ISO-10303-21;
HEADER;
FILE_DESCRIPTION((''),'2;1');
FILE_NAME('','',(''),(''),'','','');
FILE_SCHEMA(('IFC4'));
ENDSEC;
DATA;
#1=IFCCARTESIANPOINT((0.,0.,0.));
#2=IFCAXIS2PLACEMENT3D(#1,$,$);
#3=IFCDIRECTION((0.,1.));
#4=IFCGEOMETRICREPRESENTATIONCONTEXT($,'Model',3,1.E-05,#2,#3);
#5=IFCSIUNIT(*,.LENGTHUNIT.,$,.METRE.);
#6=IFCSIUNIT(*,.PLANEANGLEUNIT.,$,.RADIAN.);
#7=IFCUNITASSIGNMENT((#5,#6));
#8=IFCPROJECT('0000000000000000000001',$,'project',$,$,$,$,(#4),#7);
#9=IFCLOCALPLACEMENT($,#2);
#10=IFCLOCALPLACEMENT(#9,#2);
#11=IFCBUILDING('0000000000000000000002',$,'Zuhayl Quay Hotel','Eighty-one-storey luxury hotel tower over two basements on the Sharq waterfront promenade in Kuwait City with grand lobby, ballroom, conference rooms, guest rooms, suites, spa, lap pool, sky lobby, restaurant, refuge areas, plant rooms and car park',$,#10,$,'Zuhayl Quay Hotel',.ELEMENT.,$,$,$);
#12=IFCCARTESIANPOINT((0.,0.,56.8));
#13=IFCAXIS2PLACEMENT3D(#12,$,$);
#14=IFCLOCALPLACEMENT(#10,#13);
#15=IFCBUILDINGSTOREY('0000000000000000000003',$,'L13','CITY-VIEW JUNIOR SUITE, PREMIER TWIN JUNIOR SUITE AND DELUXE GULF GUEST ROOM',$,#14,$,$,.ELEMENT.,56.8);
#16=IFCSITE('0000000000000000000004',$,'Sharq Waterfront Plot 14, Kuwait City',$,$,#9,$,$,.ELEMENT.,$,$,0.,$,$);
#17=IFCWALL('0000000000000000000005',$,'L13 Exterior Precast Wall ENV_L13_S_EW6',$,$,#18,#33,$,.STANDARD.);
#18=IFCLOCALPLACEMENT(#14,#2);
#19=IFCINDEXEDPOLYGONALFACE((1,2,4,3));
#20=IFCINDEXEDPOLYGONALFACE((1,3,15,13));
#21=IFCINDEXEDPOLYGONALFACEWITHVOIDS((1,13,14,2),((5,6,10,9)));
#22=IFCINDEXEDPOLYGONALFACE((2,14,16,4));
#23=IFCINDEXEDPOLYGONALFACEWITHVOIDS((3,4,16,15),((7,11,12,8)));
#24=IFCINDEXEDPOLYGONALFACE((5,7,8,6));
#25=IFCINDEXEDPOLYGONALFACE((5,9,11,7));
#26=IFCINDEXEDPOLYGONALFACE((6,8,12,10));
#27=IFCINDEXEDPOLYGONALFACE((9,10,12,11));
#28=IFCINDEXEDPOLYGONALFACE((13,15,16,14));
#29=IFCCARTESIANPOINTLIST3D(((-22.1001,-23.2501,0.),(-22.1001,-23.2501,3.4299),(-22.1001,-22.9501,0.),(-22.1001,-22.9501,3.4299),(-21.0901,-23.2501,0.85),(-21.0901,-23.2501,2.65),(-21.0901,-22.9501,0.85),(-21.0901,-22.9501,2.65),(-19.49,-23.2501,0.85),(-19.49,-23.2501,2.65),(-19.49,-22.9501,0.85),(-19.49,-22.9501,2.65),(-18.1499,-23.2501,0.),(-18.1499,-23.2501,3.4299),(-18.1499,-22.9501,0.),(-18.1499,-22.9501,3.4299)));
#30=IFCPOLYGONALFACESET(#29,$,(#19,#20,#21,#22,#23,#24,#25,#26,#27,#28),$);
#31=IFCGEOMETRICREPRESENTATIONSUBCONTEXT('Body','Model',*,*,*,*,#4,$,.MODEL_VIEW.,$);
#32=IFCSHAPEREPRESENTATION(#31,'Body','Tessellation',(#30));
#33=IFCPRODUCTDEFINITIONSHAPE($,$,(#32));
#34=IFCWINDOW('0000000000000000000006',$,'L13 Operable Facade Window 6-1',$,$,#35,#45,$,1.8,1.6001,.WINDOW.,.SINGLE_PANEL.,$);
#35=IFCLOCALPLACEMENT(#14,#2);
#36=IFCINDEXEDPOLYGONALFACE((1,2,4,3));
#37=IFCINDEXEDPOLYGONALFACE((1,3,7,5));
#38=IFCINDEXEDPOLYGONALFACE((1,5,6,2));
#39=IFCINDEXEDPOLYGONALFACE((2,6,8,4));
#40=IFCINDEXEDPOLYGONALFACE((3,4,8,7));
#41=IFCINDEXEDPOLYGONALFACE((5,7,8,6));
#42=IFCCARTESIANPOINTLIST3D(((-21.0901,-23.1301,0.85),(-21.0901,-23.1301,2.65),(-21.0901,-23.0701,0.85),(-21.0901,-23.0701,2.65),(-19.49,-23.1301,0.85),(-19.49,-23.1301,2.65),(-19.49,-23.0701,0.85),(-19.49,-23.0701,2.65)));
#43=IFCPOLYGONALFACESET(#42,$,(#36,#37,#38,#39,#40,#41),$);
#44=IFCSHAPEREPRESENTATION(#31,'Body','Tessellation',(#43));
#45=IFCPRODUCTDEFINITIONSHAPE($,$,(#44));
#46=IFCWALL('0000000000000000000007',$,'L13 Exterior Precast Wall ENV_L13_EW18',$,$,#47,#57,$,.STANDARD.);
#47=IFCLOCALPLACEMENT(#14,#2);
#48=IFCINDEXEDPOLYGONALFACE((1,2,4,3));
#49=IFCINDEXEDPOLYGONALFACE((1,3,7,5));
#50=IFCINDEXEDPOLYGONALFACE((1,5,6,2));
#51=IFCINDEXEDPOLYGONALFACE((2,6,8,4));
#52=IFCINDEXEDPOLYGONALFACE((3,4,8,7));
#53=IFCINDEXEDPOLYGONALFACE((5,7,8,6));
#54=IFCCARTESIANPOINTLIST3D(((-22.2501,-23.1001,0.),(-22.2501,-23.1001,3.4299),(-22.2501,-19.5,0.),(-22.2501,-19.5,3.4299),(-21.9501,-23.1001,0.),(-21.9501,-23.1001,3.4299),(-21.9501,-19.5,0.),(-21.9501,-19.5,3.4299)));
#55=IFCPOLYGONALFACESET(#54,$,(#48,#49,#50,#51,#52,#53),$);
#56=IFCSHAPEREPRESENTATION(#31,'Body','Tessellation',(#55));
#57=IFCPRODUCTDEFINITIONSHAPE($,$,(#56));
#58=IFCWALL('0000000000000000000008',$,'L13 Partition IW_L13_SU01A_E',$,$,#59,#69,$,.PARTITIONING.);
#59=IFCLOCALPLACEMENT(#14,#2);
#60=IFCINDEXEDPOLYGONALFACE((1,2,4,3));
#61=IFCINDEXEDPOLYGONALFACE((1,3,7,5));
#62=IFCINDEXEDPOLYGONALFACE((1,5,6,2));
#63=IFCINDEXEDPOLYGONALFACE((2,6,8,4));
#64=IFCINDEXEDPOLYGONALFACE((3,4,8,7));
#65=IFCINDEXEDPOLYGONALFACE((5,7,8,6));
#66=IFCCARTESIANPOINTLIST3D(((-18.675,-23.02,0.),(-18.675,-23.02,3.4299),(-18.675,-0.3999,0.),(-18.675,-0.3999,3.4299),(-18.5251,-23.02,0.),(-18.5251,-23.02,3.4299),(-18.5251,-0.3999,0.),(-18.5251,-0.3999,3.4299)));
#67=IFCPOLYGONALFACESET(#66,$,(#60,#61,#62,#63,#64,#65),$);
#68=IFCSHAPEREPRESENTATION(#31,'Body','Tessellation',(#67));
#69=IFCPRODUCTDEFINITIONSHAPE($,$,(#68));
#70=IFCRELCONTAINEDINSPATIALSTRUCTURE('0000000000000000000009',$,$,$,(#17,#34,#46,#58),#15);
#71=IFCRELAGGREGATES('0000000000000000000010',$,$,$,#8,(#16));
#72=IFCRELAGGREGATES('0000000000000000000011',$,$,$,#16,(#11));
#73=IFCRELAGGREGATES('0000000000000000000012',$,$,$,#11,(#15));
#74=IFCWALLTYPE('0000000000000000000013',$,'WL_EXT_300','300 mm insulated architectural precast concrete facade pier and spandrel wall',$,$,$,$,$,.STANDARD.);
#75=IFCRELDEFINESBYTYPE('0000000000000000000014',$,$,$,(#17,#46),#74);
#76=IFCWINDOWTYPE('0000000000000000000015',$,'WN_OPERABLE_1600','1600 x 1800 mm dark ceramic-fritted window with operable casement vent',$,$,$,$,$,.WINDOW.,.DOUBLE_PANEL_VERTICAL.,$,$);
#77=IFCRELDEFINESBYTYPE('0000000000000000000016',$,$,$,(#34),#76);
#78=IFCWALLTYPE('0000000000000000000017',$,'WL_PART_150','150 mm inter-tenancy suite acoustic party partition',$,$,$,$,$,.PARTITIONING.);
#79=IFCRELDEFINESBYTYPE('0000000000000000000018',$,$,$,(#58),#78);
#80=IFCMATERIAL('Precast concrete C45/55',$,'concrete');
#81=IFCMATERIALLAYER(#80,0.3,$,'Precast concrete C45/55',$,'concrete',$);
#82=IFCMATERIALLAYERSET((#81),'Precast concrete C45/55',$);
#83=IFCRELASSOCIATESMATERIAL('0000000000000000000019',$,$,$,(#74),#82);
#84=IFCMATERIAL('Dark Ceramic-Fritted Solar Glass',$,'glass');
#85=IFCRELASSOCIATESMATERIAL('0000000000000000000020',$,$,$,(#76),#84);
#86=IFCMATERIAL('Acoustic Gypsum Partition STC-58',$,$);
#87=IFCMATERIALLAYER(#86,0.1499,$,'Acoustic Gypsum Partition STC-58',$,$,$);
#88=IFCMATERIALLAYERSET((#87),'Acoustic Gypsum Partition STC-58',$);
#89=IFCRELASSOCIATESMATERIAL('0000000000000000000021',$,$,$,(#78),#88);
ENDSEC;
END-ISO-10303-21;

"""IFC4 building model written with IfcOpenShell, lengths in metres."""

from ifc_helpers import new_model, si_unit, direction, frame, frame_2d, origin, place, context, subcontext, project, spatial, rectangle, extrude, material, layer, layer_set, type_object, element, fill, save


model = new_model("IFC4")

# Units and contexts
model_context = context("Model", 3, precision=1e-05, world=origin(), true_north=direction((0.0, 1.0)))
body_context = subcontext(model_context, "Body", "Model", "MODEL_VIEW")
ifc_project = project(units=[si_unit("LENGTHUNIT", "METRE"), si_unit("PLANEANGLEUNIT", "RADIAN")], contexts=[model_context])

# Site, building, storey
site_placement = place(None, origin())
site = spatial("IfcSite", under=ifc_project, at=site_placement, Name="Sharq Waterfront Plot 14, Kuwait City", CompositionType="ELEMENT", RefElevation=0.0)
building_placement = place(site_placement, origin())
building = spatial("IfcBuilding", under=site, at=building_placement, Name="Zuhayl Quay Hotel", Description="Eighty-one-storey luxury hotel tower over two basements on the Sharq waterfront promenade in Kuwait City with grand lobby, ballroom, conference rooms, guest rooms, suites, spa, lap pool, sky lobby, restaurant, refuge areas, plant rooms and car park", LongName="Zuhayl Quay Hotel", CompositionType="ELEMENT")
storey_placement = place(building_placement, frame((0.0, 0.0, 56.8)))
storey = spatial("IfcBuildingStorey", under=building, at=storey_placement, Name="L13", Description="CITY-VIEW JUNIOR SUITE, PREMIER TWIN JUNIOR SUITE AND DELUXE GULF GUEST ROOM", CompositionType="ELEMENT", Elevation=56.8)

# Shared definitions
ifc_material_1 = material(Name="Dark Ceramic-Fritted Solar Glass", Category="glass")

# Shared definitions
ifc_material_2 = material(Name="Precast concrete C45/55", Category="concrete")
ifc_layer_1 = layer(ifc_material_2, 0.3, Name="Precast concrete C45/55", Category="concrete")
ifc_layer_set_1 = layer_set([ifc_layer_1], Name="Precast concrete C45/55")
wall_type_1 = type_object("IfcWallType", Name="WL_EXT_300", Description="300 mm insulated architectural precast concrete facade pier and spandrel wall", PredefinedType="STANDARD", material=ifc_layer_set_1)

# Wall, opening, window
wall_1_placement = place(storey_placement, frame((-18.1499, -23.1001, 0.0), z_axis=(0.0, 0.0, 1.0), x_axis=(-1.0, 0.0, 0.0)))
wall_1 = element("IfcWall", 1, at=wall_1_placement, inside=storey, type_object=wall_type_1, Name="L13 Exterior Precast Wall ENV_L13_S_EW6", PredefinedType="STANDARD", context=body_context, shape_type="SweptSolid", body=[
    extrude(rectangle(XDim=3.9502, YDim=0.3, at=frame_2d((1.9751, 0.0))), origin(), (0.0, 0.0, 1.0), 3.4299),
])
opening_placement = place(wall_1_placement, frame((1.3401, 0.0, 0.8501)))
opening = element("IfcOpeningElement", 2, at=opening_placement, cuts=wall_1, PredefinedType="OPENING", context=body_context, shape_type="SweptSolid", body=[
    extrude(rectangle(XDim=1.6001, YDim=1.8, at=frame_2d((0.8, 0.8999))), frame((0.0, 0.1599, 0.0), z_axis=(0.0, -1.0, 0.0), x_axis=(1.0, 0.0, 0.0)), (0.0, 0.0, 1.0), 0.3201),
])
window_type = type_object("IfcWindowType", Name="WN_OPERABLE_1600", Description="1600 x 1800 mm dark ceramic-fritted window with operable casement vent", PartitioningType="DOUBLE_PANEL_VERTICAL", PredefinedType="WINDOW", material=ifc_material_1)
window_placement = place(opening_placement, origin())
window = element("IfcWindow", 3, at=window_placement, inside=storey, type_object=window_type, Name="L13 Operable Facade Window 6-1", OverallHeight=1.8, OverallWidth=1.6001, PartitioningType="SINGLE_PANEL", PredefinedType="WINDOW", context=body_context, shape_type="SweptSolid", body=[
    extrude(rectangle(XDim=1.6001, YDim=1.8, at=frame_2d((0.8, 0.8999))), frame((0.0, 0.03, 0.0), z_axis=(0.0, -1.0, 0.0), x_axis=(1.0, 0.0, 0.0)), (0.0, 0.0, 1.0), 0.0601),
])
fill(opening, window)

# Walls
wall_2_placement = place(storey_placement, frame((-22.1001, -23.1001, 0.0), z_axis=(0.0, 0.0, 1.0), x_axis=(0.0, 1.0, 0.0)))
element("IfcWall", 4, at=wall_2_placement, inside=storey, type_object=wall_type_1, Name="L13 Exterior Precast Wall ENV_L13_EW18", PredefinedType="STANDARD", context=body_context, shape_type="SweptSolid", body=[
    extrude(rectangle(XDim=3.6001, YDim=0.3, at=frame_2d((1.8, 0.0))), origin(), (0.0, 0.0, 1.0), 3.4299),
])
ifc_material_3 = material(Name="Acoustic Gypsum Partition STC-58")
ifc_layer_2 = layer(ifc_material_3, 0.1499, Name="Acoustic Gypsum Partition STC-58")
ifc_layer_set_2 = layer_set([ifc_layer_2], Name="Acoustic Gypsum Partition STC-58")
wall_type_2 = type_object("IfcWallType", Name="WL_PART_150", Description="150 mm inter-tenancy suite acoustic party partition", PredefinedType="PARTITIONING", material=ifc_layer_set_2)
wall_3_placement = place(storey_placement, frame((-18.6001, -23.02, 0.0), z_axis=(0.0, 0.0, 1.0), x_axis=(0.0, 1.0, 0.0)))
element("IfcWall", 5, at=wall_3_placement, inside=storey, type_object=wall_type_2, Name="L13 Partition IW_L13_SU01A_E", PredefinedType="PARTITIONING", context=body_context, shape_type="SweptSolid", body=[
    extrude(rectangle(XDim=22.6201, YDim=0.1499, at=frame_2d((11.3101, 0.0))), origin(), (0.0, 0.0, 1.0), 3.4299),
])

save(model, "model.ifc")
